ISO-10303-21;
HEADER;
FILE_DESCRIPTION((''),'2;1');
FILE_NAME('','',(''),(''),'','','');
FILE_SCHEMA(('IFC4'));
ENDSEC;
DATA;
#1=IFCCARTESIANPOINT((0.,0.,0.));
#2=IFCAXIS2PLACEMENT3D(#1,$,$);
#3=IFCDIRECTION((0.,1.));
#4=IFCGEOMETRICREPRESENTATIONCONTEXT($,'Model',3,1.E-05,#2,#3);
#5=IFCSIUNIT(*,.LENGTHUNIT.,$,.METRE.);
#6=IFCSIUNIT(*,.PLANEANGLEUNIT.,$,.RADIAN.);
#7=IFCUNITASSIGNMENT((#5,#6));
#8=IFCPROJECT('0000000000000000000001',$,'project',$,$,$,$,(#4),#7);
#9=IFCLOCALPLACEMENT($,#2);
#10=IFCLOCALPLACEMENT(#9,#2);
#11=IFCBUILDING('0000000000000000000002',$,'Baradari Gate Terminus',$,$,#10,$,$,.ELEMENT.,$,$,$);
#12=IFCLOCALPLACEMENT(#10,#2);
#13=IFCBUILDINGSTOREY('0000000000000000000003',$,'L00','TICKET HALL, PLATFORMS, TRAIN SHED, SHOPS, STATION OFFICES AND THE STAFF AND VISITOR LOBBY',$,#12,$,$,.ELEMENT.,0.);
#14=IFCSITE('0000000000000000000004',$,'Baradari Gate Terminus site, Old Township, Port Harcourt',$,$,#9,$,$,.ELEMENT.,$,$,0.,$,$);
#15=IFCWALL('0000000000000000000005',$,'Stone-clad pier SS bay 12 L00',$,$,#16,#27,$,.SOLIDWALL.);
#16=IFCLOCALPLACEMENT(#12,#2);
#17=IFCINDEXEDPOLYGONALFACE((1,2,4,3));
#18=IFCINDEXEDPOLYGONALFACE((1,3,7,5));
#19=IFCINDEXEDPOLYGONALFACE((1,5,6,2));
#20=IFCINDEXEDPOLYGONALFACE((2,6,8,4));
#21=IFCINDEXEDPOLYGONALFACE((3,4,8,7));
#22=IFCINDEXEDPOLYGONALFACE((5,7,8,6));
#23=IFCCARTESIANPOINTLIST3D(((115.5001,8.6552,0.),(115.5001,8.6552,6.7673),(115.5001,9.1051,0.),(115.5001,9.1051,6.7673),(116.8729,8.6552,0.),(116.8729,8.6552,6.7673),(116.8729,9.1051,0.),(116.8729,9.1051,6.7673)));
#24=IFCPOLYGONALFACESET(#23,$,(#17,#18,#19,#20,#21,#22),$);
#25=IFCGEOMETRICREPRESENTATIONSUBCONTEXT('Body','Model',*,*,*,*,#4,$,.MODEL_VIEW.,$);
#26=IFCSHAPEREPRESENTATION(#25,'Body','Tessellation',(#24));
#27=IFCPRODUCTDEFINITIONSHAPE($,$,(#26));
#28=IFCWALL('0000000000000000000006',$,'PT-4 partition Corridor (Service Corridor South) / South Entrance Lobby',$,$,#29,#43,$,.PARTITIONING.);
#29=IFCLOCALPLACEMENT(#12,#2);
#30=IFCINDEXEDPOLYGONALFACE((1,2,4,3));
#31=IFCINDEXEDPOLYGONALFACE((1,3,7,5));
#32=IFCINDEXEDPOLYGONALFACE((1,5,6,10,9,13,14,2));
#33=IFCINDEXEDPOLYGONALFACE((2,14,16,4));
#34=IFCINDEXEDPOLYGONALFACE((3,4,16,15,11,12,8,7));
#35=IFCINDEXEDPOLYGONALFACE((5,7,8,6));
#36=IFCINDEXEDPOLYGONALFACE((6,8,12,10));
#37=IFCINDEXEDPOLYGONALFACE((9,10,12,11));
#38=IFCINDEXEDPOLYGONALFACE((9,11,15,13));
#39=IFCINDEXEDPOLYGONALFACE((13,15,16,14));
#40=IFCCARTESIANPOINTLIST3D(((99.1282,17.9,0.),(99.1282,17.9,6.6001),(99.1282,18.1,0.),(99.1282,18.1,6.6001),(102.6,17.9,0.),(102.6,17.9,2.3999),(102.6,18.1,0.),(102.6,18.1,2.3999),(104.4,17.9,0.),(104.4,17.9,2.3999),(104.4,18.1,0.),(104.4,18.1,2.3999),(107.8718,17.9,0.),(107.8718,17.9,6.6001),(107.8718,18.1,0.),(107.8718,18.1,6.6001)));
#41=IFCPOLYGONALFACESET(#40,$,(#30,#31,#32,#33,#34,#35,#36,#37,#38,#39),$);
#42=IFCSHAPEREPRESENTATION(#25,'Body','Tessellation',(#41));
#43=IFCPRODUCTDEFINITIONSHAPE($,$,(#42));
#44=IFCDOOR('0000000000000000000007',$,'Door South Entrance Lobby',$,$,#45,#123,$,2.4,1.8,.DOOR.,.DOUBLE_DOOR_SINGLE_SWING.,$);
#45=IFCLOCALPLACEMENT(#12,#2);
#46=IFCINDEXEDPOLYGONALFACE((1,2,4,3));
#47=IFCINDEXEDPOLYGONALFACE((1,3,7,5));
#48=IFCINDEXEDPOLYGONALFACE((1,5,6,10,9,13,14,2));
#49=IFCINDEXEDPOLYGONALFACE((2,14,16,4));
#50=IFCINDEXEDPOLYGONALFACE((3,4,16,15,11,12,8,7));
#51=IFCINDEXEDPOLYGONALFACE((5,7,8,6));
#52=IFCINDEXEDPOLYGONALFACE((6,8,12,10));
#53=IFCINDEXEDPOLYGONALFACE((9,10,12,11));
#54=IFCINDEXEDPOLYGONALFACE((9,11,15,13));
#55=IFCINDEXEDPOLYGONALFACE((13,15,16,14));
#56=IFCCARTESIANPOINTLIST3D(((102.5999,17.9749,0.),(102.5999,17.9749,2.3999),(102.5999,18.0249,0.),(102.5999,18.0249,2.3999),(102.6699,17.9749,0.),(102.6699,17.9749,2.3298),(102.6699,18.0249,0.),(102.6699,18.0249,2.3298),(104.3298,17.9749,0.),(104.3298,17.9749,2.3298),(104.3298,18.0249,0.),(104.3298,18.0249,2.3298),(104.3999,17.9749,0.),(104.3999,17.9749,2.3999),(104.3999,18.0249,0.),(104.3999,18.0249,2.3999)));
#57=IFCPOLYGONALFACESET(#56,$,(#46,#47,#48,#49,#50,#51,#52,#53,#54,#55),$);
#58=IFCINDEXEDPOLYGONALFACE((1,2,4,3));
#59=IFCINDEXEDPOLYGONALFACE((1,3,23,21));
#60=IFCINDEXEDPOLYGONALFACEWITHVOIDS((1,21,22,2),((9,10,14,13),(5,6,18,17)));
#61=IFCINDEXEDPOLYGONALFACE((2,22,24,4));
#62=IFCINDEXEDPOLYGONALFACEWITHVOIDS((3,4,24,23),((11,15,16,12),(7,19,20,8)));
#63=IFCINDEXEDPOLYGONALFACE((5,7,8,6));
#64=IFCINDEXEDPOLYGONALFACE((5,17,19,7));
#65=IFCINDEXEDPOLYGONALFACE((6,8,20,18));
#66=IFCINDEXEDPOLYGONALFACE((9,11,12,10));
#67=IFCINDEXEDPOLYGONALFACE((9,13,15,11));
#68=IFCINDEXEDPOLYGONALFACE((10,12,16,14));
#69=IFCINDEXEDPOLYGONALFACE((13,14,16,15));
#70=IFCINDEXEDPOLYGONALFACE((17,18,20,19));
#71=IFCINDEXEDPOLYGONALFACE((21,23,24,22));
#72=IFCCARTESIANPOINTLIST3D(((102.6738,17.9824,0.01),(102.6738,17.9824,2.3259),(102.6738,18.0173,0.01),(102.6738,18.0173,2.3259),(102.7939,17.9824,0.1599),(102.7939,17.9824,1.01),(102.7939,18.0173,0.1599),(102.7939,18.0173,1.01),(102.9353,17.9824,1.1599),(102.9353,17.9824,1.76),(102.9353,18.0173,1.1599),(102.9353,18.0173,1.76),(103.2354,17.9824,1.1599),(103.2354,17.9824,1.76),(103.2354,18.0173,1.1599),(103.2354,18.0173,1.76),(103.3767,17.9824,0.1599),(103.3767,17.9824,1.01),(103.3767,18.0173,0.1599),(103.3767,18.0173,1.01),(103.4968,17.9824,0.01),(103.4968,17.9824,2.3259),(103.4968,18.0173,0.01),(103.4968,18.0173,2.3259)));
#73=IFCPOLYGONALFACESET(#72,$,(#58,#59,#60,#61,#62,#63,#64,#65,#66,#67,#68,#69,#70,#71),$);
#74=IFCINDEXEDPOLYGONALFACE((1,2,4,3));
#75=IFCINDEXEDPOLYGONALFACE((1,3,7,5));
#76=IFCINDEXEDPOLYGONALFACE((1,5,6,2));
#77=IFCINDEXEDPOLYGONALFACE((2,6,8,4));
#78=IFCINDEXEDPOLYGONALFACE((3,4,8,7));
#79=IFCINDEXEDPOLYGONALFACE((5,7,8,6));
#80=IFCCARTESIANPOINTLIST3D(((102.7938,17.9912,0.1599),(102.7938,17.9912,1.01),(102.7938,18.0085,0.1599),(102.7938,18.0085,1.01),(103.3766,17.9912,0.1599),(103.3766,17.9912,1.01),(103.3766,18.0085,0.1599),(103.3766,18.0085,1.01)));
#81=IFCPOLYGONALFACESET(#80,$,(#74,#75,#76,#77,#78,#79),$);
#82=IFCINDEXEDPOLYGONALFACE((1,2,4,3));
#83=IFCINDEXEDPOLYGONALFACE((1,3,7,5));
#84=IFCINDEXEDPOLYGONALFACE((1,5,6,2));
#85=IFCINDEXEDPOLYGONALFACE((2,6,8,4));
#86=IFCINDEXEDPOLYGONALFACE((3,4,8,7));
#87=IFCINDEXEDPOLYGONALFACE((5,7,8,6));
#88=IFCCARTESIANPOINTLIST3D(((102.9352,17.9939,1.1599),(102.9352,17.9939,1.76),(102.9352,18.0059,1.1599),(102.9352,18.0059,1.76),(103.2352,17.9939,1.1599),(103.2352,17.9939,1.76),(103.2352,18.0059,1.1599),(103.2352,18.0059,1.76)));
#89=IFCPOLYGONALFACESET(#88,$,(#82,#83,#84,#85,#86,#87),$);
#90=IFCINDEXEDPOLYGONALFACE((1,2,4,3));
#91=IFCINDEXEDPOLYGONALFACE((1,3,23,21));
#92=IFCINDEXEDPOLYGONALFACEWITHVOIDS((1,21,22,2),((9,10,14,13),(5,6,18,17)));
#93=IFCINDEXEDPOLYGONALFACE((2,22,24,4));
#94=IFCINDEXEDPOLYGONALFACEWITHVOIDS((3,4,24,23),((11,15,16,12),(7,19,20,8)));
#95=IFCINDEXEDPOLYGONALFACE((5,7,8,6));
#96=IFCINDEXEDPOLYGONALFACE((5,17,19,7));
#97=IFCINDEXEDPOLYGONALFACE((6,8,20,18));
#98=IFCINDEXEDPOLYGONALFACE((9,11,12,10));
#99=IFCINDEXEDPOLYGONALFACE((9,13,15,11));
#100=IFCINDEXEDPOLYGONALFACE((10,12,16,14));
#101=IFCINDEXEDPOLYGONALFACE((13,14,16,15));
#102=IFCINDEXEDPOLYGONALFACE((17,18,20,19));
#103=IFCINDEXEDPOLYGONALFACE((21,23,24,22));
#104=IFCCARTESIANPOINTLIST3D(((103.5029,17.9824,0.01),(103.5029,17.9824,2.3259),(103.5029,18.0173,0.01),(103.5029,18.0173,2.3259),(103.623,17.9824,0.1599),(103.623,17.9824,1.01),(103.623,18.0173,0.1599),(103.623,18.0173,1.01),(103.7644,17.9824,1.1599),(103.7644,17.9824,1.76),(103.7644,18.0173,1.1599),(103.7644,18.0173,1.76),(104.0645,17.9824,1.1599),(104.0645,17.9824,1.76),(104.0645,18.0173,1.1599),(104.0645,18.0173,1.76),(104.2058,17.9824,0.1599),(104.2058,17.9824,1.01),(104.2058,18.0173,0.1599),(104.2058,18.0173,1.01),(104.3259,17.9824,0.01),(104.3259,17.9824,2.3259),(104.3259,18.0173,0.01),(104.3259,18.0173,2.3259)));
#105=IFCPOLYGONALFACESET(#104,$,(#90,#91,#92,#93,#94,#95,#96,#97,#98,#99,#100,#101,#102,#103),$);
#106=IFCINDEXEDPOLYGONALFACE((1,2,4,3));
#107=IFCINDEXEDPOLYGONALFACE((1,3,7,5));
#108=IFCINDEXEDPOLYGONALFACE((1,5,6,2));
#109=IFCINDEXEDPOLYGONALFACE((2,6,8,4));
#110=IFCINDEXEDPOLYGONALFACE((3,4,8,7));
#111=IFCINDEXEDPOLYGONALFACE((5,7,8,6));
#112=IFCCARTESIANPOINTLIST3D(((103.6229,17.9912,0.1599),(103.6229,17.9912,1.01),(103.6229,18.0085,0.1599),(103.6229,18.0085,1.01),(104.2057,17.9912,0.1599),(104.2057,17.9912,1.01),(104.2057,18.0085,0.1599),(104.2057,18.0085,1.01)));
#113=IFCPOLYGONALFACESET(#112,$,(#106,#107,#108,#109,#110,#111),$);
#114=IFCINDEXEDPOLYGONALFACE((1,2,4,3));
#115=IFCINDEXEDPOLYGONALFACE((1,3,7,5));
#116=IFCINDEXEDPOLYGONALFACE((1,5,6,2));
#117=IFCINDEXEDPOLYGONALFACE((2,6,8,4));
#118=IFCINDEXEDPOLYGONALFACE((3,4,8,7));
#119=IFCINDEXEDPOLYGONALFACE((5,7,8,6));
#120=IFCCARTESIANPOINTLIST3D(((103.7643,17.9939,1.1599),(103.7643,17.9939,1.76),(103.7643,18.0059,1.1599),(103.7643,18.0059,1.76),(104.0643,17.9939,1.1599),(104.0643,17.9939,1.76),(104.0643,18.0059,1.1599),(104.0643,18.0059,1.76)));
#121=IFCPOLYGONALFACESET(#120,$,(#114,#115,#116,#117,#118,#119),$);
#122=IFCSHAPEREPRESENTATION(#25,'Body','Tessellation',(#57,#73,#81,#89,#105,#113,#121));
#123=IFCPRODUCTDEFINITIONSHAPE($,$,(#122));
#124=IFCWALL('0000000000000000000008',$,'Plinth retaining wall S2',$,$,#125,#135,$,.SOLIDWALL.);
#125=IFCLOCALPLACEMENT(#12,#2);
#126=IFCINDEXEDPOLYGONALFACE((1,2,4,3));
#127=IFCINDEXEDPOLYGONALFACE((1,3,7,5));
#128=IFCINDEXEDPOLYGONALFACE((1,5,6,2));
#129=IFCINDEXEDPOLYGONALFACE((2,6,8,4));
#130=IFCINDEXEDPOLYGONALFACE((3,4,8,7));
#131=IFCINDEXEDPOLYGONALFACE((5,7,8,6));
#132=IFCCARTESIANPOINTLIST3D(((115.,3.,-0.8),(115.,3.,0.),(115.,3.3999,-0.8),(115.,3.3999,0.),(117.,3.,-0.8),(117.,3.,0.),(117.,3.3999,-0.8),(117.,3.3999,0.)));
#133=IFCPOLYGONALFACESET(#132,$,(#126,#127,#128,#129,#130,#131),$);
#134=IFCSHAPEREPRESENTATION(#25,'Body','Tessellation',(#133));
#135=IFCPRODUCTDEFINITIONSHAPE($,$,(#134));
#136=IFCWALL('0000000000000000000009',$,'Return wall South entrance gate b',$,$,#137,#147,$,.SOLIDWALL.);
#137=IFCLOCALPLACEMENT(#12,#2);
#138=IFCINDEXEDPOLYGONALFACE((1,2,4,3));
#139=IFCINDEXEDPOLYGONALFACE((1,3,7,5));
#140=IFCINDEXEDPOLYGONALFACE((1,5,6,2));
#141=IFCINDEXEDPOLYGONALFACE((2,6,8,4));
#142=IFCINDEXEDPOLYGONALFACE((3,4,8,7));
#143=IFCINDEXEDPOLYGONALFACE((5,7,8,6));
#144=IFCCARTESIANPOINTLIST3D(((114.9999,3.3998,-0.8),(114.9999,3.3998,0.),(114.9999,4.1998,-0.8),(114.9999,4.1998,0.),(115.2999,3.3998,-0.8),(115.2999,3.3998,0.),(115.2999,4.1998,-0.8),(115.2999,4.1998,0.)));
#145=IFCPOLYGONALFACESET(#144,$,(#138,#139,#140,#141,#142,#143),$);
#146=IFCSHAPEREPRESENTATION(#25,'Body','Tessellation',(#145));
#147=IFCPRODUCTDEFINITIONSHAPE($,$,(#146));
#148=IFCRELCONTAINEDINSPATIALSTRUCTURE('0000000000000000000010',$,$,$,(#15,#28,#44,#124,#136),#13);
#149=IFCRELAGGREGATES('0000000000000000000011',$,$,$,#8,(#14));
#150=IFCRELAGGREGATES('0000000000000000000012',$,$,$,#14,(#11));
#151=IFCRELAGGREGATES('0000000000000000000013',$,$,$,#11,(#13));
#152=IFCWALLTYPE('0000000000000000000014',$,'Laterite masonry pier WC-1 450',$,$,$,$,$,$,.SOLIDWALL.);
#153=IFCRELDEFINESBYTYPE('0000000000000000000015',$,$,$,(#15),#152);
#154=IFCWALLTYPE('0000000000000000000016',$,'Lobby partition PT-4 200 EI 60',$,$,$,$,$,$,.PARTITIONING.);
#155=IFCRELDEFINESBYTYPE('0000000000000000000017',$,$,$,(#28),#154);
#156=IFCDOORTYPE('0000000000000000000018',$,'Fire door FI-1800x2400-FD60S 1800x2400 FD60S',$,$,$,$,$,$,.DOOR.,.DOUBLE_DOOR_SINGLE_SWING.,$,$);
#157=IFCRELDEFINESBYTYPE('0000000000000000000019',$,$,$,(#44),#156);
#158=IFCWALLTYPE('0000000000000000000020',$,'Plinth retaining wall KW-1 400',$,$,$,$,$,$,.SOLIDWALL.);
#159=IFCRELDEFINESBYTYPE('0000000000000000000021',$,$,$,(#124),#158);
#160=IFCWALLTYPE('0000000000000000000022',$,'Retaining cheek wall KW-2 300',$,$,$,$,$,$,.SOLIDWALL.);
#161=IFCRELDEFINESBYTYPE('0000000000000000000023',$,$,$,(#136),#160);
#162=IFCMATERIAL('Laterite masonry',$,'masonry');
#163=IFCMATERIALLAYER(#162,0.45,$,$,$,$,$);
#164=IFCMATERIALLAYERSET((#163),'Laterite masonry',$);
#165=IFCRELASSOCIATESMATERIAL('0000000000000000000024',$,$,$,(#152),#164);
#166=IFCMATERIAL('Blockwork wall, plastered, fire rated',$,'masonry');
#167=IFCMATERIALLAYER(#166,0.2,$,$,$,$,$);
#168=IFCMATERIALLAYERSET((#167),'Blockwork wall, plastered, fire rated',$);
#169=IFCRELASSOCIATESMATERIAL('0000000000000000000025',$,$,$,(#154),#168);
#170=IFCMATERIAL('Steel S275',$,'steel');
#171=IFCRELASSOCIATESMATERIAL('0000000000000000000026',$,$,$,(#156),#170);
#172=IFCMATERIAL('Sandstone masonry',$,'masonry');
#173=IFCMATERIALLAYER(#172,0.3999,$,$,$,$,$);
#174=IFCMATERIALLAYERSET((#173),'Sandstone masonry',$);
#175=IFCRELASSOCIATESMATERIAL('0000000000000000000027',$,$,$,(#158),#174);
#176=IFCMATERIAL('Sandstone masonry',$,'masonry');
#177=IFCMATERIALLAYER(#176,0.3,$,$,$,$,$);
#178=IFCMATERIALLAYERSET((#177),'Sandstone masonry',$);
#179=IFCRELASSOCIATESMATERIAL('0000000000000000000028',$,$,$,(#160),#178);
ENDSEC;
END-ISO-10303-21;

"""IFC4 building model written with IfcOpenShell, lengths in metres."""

from ifc_helpers import new_model, si_unit, direction, frame, frame_2d, origin, place, context, subcontext, project, spatial, polyline, rectangle, outline, extrude, material, layer, layer_set, type_object, element, fill, save


model = new_model("IFC4")

# Units and contexts
model_context = context("Model", 3, precision=1e-05, world=origin(), true_north=direction((0.0, 1.0)))
body_context = subcontext(model_context, "Body", "Model", "MODEL_VIEW")
ifc_project = project(units=[si_unit("LENGTHUNIT", "METRE"), si_unit("PLANEANGLEUNIT", "RADIAN")], contexts=[model_context])

# Site, building, storey
site_placement = place(None, origin())
site = spatial("IfcSite", under=ifc_project, at=site_placement, Name="Baradari Gate Terminus site, Old Township, Port Harcourt", CompositionType="ELEMENT", RefElevation=0.0)
building_placement = place(site_placement, origin())
building = spatial("IfcBuilding", under=site, at=building_placement, Name="Baradari Gate Terminus", CompositionType="ELEMENT")
storey_placement = place(building_placement, origin())
storey = spatial("IfcBuildingStorey", under=building, at=storey_placement, Name="L00", Description="TICKET HALL, PLATFORMS, TRAIN SHED, SHOPS, STATION OFFICES AND THE STAFF AND VISITOR LOBBY", CompositionType="ELEMENT", Elevation=0.0)

# Wall
ifc_material_1 = material(Name="Laterite masonry", Category="masonry")
ifc_layer_1 = layer(ifc_material_1, 0.45)
ifc_layer_set_1 = layer_set([ifc_layer_1], Name="Laterite masonry")
wall_type_1 = type_object("IfcWallType", Name="Laterite masonry pier WC-1 450", PredefinedType="SOLIDWALL", material=ifc_layer_set_1)
for number, where, z_axis, x_axis, name in (
    (1, (115.5, 8.8801, 0.0), (0.0, 0.0, 1.0), (1.0, 0.0, 0.0), "Stone-clad pier SS bay 12 L00"),
):
    element("IfcWall", number, at=place(storey_placement, frame(where, z_axis=z_axis, x_axis=x_axis)), inside=storey, type_object=wall_type_1, Name=name, PredefinedType="SOLIDWALL", context=body_context, shape_type="SweptSolid", body=[
        extrude(rectangle(XDim=1.3728, YDim=0.45, at=frame_2d((0.6865, 0.0))), origin(), (0.0, 0.0, 1.0), 6.7673),
    ])

# Wall, opening, door
ifc_material_2 = material(Name="Blockwork wall, plastered, fire rated", Category="masonry")
ifc_layer_2 = layer(ifc_material_2, 0.2)
ifc_layer_set_2 = layer_set([ifc_layer_2], Name="Blockwork wall, plastered, fire rated")
wall_type_2 = type_object("IfcWallType", Name="Lobby partition PT-4 200 EI 60", PredefinedType="PARTITIONING", material=ifc_layer_set_2)
wall_1_placement = place(storey_placement, frame((107.8718, 18.0, 0.0), z_axis=(0.0, 0.0, 1.0), x_axis=(-1.0, 0.0, 0.0)))
wall_1 = element("IfcWall", 2, at=wall_1_placement, inside=storey, type_object=wall_type_2, Name="PT-4 partition Corridor (Service Corridor South) / South Entrance Lobby", PredefinedType="PARTITIONING", context=body_context, shape_type="SweptSolid", body=[
    extrude(rectangle(XDim=8.7437, YDim=0.2, at=frame_2d((4.3718, 0.0))), origin(), (0.0, 0.0, 1.0), 6.6001),
])
opening_1_placement = place(wall_1_placement, frame((3.4719, 0.0, 0.0)))
opening_1 = element("IfcOpeningElement", 3, at=opening_1_placement, cuts=wall_1, PredefinedType="OPENING", context=body_context, shape_type="SweptSolid", body=[
    extrude(rectangle(XDim=1.8, YDim=2.3999, at=frame_2d((0.8999, 1.2))), frame((0.0, 0.1099, 0.0), z_axis=(0.0, -1.0, 0.0), x_axis=(1.0, 0.0, 0.0)), (0.0, 0.0, 1.0), 0.22),
])
ifc_material_3 = material(Name="Steel S275", Category="steel")
door_type_1 = type_object("IfcDoorType", Name="Fire door FI-1800x2400-FD60S 1800x2400 FD60S", OperationType="DOUBLE_DOOR_SINGLE_SWING", PredefinedType="DOOR", material=ifc_material_3)
door_1_placement = place(opening_1_placement, frame((1.8, 0.0, 0.0), z_axis=(0.0, 0.0, 1.0), x_axis=(-1.0, 0.0, 0.0)))
door_1 = element("IfcDoor", 4, at=door_1_placement, inside=storey, type_object=door_type_1, Name="Door South Entrance Lobby", OperationType="DOUBLE_DOOR_SINGLE_SWING", OverallHeight=2.4, OverallWidth=1.8, PredefinedType="DOOR", context=body_context, shape_type="SweptSolid", body=[
    extrude(outline(polyline([(0.0, 0.0), (0.0701, 0.0), (0.0701, 2.3298), (1.73, 2.3298), (1.73, 0.0), (1.8, 0.0), (1.8, 2.3999), (0.0, 2.3999), (0.0, 0.0)])), frame((0.0, 0.0249, 0.0), z_axis=(0.0, -1.0, 0.0), x_axis=(1.0, 0.0, 0.0)), (0.0, 0.0, 1.0), 0.05),
    extrude(outline(polyline([(0.074, 0.01), (0.897, 0.01), (0.897, 2.3259), (0.074, 2.3259), (0.074, 0.01)]), holes=[polyline([(0.1941, 0.1599), (0.7769, 0.1599), (0.7769, 1.01), (0.1941, 1.01), (0.1941, 0.1599)]), polyline([(0.3354, 1.1599), (0.6355, 1.1599), (0.6355, 1.76), (0.3354, 1.76), (0.3354, 1.1599)])]), frame((0.0, 0.0173, 0.0), z_axis=(0.0, -1.0, 0.0), x_axis=(1.0, 0.0, 0.0)), (0.0, 0.0, 1.0), 0.0349),
    extrude(rectangle(XDim=0.5828, YDim=0.8501, at=frame_2d((0.4854, 0.585))), frame((0.0, 0.0085, 0.0), z_axis=(0.0, -1.0, 0.0), x_axis=(1.0, 0.0, 0.0)), (0.0, 0.0, 1.0), 0.0173),
    extrude(rectangle(XDim=0.3, YDim=0.6001, at=frame_2d((0.4854, 1.46))), frame((0.0, 0.0059, 0.0), z_axis=(0.0, -1.0, 0.0), x_axis=(1.0, 0.0, 0.0)), (0.0, 0.0, 1.0), 0.012),
    extrude(outline(polyline([(0.9031, 0.01), (1.7261, 0.01), (1.7261, 2.3259), (0.9031, 2.3259), (0.9031, 0.01)]), holes=[polyline([(1.0232, 0.1599), (1.606, 0.1599), (1.606, 1.01), (1.0232, 1.01), (1.0232, 0.1599)]), polyline([(1.1646, 1.1599), (1.4646, 1.1599), (1.4646, 1.76), (1.1646, 1.76), (1.1646, 1.1599)])]), frame((0.0, 0.0173, 0.0), z_axis=(0.0, -1.0, 0.0), x_axis=(1.0, 0.0, 0.0)), (0.0, 0.0, 1.0), 0.0349),
    extrude(rectangle(XDim=0.5828, YDim=0.8501, at=frame_2d((1.3145, 0.585))), frame((0.0, 0.0085, 0.0), z_axis=(0.0, -1.0, 0.0), x_axis=(1.0, 0.0, 0.0)), (0.0, 0.0, 1.0), 0.0173),
    extrude(rectangle(XDim=0.3, YDim=0.6001, at=frame_2d((1.3145, 1.46))), frame((0.0, 0.0059, 0.0), z_axis=(0.0, -1.0, 0.0), x_axis=(1.0, 0.0, 0.0)), (0.0, 0.0, 1.0), 0.012),
])
fill(opening_1, door_1)

# Walls
ifc_material_4 = material(Name="Sandstone masonry", Category="masonry")
ifc_layer_3 = layer(ifc_material_4, 0.3999)
ifc_layer_set_3 = layer_set([ifc_layer_3], Name="Sandstone masonry")
wall_type_3 = type_object("IfcWallType", Name="Plinth retaining wall KW-1 400", PredefinedType="SOLIDWALL", material=ifc_layer_set_3)
wall_2_placement = place(storey_placement, frame((115.0, 3.2, -0.8), z_axis=(0.0, 0.0, 1.0), x_axis=(1.0, 0.0, 0.0)))
element("IfcWall", 5, at=wall_2_placement, inside=storey, type_object=wall_type_3, Name="Plinth retaining wall S2", PredefinedType="SOLIDWALL", context=body_context, shape_type="SweptSolid", body=[
    extrude(rectangle(XDim=2.0, YDim=0.3999, at=frame_2d((1.0, 0.0))), origin(), (0.0, 0.0, 1.0), 0.8),
])
ifc_material_5 = material(Name="Sandstone masonry", Category="masonry")
ifc_layer_4 = layer(ifc_material_5, 0.3)
ifc_layer_set_4 = layer_set([ifc_layer_4], Name="Sandstone masonry")
wall_type_4 = type_object("IfcWallType", Name="Retaining cheek wall KW-2 300", PredefinedType="SOLIDWALL", material=ifc_layer_set_4)
wall_3_placement = place(storey_placement, frame((115.1499, 3.3999, -0.8), z_axis=(0.0, 0.0, 1.0), x_axis=(0.0, 1.0, 0.0)))
element("IfcWall", 6, at=wall_3_placement, inside=storey, type_object=wall_type_4, Name="Return wall South entrance gate b", PredefinedType="SOLIDWALL", context=body_context, shape_type="SweptSolid", body=[
    extrude(rectangle(XDim=0.8, YDim=0.3, at=frame_2d((0.3999, 0.0))), origin(), (0.0, 0.0, 1.0), 0.8),
])

save(model, "model.ifc")
